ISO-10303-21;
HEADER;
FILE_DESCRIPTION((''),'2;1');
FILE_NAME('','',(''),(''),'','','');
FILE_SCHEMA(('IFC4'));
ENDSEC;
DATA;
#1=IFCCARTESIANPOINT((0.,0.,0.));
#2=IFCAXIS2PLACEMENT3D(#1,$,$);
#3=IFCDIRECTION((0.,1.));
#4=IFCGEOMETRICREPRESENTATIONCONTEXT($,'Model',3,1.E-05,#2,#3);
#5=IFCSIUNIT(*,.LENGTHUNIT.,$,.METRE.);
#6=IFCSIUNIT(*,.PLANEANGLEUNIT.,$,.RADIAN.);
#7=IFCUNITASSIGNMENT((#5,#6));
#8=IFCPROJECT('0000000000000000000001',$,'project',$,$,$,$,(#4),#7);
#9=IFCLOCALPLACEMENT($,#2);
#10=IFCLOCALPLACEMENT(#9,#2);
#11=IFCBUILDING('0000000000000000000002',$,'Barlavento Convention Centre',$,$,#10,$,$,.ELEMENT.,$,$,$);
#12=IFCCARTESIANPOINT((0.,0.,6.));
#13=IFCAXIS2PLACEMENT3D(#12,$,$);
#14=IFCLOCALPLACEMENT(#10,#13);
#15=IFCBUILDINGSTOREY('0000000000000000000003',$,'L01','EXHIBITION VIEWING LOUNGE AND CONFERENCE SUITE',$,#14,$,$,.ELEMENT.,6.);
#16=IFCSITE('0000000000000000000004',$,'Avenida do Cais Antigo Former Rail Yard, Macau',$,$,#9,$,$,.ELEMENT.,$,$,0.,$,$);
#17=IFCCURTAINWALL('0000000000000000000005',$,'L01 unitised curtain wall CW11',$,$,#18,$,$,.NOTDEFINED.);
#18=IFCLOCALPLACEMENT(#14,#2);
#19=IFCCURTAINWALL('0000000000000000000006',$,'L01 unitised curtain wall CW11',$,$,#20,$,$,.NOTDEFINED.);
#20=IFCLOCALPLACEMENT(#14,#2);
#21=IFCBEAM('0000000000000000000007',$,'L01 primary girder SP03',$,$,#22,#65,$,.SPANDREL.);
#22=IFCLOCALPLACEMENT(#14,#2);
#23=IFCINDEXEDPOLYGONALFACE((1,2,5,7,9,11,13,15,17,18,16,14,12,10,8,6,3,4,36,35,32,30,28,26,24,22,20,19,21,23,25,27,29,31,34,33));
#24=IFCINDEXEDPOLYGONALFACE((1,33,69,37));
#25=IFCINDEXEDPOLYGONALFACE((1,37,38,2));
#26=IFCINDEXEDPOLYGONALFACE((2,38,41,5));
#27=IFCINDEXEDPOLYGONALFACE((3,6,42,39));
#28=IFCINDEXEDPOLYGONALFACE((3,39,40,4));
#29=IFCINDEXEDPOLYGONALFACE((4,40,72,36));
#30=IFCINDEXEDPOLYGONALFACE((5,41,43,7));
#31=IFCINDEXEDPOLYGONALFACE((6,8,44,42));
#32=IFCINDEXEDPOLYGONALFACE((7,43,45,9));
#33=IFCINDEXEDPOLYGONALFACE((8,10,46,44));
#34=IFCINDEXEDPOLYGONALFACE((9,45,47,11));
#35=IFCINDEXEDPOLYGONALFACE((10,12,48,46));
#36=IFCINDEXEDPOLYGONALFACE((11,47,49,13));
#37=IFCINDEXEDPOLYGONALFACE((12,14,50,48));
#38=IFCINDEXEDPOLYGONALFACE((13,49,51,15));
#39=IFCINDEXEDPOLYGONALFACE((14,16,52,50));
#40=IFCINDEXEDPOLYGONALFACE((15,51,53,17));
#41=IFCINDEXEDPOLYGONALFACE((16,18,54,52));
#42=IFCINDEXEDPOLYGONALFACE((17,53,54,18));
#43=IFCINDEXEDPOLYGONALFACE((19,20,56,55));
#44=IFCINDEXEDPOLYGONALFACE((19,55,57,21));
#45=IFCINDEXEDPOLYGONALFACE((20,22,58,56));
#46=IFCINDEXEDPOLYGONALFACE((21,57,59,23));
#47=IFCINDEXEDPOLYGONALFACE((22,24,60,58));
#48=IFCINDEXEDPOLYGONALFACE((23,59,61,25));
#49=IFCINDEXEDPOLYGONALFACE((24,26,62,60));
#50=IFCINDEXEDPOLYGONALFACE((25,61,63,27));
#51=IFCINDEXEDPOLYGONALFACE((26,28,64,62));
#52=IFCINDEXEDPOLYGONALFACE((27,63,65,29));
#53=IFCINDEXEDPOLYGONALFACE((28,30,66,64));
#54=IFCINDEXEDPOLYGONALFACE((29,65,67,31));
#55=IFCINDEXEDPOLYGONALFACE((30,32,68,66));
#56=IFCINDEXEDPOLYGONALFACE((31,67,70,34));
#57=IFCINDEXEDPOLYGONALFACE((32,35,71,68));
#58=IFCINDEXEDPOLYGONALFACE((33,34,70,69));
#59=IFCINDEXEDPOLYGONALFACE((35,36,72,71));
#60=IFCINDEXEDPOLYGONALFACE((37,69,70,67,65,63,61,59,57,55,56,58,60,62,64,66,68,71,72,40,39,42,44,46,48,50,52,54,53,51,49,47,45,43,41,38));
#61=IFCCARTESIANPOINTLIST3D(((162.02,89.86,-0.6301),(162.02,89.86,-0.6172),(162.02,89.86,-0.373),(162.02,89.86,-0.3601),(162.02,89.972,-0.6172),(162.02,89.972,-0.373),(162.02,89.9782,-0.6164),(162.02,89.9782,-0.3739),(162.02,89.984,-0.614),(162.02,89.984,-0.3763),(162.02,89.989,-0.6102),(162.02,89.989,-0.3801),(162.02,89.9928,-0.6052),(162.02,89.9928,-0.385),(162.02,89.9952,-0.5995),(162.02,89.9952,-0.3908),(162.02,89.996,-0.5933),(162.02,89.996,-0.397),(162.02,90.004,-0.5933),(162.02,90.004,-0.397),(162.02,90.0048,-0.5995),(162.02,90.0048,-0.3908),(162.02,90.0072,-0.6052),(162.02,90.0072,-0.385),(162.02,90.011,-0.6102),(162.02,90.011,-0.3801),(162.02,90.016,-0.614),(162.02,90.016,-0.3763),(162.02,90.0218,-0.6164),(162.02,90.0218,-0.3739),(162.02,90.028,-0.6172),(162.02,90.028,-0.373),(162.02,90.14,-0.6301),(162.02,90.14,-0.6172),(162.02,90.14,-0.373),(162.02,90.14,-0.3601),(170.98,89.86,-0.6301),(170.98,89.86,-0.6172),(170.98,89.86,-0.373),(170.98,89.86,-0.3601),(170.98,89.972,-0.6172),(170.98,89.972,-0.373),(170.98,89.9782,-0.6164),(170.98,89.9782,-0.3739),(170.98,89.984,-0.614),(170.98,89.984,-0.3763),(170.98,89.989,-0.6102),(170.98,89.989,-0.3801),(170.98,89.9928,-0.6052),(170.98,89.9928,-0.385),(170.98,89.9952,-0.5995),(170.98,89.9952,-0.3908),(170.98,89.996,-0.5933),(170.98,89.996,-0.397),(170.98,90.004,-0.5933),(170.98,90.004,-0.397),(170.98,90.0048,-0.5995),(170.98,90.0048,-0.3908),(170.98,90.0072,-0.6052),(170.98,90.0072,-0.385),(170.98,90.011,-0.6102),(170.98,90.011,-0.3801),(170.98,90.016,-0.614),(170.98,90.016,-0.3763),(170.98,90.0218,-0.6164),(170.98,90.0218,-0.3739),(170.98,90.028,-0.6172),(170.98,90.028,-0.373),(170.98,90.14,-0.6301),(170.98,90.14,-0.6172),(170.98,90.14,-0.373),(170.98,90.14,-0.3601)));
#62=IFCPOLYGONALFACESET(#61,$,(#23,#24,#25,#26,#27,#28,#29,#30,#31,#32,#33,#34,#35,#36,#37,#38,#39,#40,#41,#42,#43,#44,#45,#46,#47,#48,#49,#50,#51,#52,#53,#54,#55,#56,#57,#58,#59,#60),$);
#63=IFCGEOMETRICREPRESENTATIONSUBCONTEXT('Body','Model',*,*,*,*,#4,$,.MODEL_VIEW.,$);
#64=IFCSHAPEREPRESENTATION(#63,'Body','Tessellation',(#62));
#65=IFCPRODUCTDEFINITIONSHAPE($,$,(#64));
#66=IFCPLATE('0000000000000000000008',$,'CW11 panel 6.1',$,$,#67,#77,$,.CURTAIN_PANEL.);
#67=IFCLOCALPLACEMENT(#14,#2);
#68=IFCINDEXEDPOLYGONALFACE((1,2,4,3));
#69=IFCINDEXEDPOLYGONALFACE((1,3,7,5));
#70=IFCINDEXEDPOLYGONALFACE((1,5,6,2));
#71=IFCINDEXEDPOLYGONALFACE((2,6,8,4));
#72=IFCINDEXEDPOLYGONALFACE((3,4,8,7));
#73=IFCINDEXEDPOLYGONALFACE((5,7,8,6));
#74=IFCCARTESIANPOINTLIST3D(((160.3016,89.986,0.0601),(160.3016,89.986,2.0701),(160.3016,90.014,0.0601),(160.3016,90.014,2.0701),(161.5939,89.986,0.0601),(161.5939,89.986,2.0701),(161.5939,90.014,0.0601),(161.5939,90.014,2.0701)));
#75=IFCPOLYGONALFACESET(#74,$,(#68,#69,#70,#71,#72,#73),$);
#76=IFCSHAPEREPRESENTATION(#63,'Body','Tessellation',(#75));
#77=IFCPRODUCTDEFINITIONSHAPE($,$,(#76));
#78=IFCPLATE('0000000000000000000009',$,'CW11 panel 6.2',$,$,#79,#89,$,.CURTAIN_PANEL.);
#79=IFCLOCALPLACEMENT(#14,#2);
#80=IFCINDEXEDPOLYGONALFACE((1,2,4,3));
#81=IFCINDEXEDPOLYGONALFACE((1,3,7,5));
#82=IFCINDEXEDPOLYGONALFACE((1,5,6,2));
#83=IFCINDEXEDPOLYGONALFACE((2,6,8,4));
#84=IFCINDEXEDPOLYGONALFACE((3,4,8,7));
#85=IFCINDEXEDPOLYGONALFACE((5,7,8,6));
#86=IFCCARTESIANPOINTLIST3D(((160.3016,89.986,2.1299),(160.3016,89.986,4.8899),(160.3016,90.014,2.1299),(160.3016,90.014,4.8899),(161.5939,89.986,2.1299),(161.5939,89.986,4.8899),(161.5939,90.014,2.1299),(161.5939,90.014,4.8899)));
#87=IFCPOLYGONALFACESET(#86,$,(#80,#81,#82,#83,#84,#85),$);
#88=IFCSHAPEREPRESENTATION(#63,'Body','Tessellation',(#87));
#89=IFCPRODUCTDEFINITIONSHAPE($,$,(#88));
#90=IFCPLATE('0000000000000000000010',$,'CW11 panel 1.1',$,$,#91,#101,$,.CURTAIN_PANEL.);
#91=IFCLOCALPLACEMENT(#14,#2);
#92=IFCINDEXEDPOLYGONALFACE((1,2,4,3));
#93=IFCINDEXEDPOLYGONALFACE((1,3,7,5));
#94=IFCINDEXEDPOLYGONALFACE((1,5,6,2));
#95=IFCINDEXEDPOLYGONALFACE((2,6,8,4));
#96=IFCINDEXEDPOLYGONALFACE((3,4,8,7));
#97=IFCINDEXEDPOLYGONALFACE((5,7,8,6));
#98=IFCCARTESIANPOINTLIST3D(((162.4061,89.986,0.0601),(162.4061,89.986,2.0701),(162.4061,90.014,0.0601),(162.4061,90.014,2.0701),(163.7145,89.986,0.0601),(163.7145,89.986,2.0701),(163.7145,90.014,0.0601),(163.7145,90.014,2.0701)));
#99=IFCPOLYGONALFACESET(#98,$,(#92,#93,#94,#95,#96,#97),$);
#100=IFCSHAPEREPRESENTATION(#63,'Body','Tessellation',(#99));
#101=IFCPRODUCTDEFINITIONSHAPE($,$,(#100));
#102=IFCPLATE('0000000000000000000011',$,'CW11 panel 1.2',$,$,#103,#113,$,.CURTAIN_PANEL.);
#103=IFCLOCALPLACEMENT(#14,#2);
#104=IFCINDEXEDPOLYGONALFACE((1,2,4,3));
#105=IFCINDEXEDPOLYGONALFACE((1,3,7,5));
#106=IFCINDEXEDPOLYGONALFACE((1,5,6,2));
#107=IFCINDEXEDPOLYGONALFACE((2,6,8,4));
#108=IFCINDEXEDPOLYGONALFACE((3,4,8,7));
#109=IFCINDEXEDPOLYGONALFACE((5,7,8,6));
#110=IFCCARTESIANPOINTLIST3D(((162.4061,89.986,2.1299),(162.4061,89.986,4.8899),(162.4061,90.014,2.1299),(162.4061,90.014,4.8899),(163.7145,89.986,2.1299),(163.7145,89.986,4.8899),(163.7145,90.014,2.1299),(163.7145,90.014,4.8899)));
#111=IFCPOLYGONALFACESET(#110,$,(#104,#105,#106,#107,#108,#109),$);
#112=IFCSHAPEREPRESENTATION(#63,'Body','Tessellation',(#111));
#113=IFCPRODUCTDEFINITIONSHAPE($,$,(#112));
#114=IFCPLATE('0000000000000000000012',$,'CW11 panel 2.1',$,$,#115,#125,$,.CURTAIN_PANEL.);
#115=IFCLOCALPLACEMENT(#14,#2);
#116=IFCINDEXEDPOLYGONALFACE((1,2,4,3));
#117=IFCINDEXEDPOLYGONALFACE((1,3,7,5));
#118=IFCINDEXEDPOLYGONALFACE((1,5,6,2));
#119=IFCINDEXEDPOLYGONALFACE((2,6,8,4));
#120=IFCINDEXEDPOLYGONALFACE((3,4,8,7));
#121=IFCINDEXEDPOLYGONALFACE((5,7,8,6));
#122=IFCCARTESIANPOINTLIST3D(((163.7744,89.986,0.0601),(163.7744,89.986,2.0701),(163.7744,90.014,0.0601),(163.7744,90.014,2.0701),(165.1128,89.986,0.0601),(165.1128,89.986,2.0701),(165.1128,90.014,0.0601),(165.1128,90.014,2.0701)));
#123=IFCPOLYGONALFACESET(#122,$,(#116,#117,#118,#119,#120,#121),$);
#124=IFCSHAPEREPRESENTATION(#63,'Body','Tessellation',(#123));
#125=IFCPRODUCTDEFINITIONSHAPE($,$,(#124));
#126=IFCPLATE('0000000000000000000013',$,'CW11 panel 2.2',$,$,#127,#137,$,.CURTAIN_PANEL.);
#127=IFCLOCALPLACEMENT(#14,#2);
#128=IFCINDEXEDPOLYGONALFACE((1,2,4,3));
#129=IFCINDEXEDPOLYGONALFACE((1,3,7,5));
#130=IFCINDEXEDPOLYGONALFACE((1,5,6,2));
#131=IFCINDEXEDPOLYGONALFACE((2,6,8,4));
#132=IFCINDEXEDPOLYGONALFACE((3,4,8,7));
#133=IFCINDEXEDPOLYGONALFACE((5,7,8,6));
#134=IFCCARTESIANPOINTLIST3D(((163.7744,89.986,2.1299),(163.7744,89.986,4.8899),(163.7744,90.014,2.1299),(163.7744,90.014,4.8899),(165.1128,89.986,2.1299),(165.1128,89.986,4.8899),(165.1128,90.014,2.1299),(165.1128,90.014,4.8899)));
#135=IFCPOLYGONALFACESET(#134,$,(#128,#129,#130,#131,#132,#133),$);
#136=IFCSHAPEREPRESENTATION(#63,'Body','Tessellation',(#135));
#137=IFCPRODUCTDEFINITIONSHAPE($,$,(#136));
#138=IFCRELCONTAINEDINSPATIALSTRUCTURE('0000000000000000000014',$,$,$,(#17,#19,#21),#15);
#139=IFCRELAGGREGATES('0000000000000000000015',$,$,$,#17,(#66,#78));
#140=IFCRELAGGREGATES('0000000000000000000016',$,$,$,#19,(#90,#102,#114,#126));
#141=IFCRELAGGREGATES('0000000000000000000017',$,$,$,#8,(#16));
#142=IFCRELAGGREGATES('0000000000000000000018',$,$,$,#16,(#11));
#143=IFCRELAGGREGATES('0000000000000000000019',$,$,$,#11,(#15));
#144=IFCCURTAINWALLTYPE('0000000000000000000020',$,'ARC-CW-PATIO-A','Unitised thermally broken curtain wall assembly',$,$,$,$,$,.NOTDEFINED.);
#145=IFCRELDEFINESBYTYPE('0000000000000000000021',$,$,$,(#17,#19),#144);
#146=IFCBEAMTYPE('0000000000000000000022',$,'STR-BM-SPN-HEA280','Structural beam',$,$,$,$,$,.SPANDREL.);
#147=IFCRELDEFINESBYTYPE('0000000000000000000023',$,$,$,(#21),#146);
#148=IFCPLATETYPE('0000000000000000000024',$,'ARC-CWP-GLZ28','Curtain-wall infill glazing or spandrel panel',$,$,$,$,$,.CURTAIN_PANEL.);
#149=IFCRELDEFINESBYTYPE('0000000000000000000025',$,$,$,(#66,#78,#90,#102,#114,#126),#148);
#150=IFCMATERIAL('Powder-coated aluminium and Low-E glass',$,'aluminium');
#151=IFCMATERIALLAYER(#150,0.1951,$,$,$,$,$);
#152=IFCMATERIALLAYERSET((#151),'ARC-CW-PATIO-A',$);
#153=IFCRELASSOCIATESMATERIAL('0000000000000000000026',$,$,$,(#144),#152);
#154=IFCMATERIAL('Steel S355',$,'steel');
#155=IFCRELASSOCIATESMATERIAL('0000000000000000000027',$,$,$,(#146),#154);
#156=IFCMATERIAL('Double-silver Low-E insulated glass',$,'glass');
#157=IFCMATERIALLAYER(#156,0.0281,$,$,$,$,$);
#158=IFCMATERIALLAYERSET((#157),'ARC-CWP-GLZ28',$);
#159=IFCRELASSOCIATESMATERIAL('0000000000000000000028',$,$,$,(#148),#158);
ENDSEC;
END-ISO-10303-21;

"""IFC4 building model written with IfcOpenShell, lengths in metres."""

from ifc_helpers import new_model, si_unit, direction, frame, origin, origin_2d, place, context, subcontext, project, spatial, rectangle, i_section, extrude, material, layer, layer_set, material_profile, profile_set, type_object, element, aggregate, save


model = new_model("IFC4")

# Units and contexts
model_context = context("Model", 3, precision=1e-05, world=origin(), true_north=direction((0.0, 1.0)))
body_context = subcontext(model_context, "Body", "Model", "MODEL_VIEW")
ifc_project = project(units=[si_unit("LENGTHUNIT", "METRE"), si_unit("PLANEANGLEUNIT", "RADIAN")], contexts=[model_context])

# Site, building, storey
site_placement = place(None, origin())
site = spatial("IfcSite", under=ifc_project, at=site_placement, Name="Avenida do Cais Antigo Former Rail Yard, Macau", CompositionType="ELEMENT", RefElevation=0.0)
building_placement = place(site_placement, origin())
building = spatial("IfcBuilding", under=site, at=building_placement, Name="Barlavento Convention Centre", CompositionType="ELEMENT")
storey_placement = place(building_placement, frame((0.0, 0.0, 6.0)))
storey = spatial("IfcBuildingStorey", under=building, at=storey_placement, Name="L01", Description="EXHIBITION VIEWING LOUNGE AND CONFERENCE SUITE", CompositionType="ELEMENT", Elevation=6.0)

# Shared definitions
ifc_material_1 = material(Name="Steel S355", Category="steel")

# Curtain wall
ifc_material_2 = material(Name="Powder-coated aluminium and Low-E glass", Category="aluminium")
ifc_layer_1 = layer(ifc_material_2, 0.1951)
ifc_layer_set_1 = layer_set([ifc_layer_1], Name="ARC-CW-PATIO-A")
curtain_wall_type = type_object("IfcCurtainWallType", Name="ARC-CW-PATIO-A", Description="Unitised thermally broken curtain wall assembly", PredefinedType="NOTDEFINED", material=ifc_layer_set_1)
curtain_wall_1_placement = place(storey_placement, origin())
curtain_wall_1 = element("IfcCurtainWall", 1, at=curtain_wall_1_placement, inside=storey, type_object=curtain_wall_type, Name="L01 unitised curtain wall CW11", PredefinedType="NOTDEFINED")

# Curtain wall
curtain_wall_2_placement = place(storey_placement, origin())
curtain_wall_2 = element("IfcCurtainWall", 2, at=curtain_wall_2_placement, inside=storey, type_object=curtain_wall_type, Name="L01 unitised curtain wall CW11", PredefinedType="NOTDEFINED")

# Beam
ifc_material_profile_1 = material_profile(ifc_material_1, i_section(OverallWidth=0.28, OverallDepth=0.27, WebThickness=0.0081, FlangeThickness=0.0129, FilletRadius=0.0239, at=origin_2d()), Name="HEA 280")
ifc_profile_set_1 = profile_set([ifc_material_profile_1], Name="Steel S355")
beam_type_1 = type_object("IfcBeamType", Name="STR-BM-SPN-HEA280", Description="Structural beam", PredefinedType="SPANDREL", material=ifc_profile_set_1)
beam_1_placement = place(storey_placement, frame((162.02, 90.0, -0.4951), z_axis=(1.0, 0.0, 0.0), x_axis=(0.0, 1.0, 0.0)))
element("IfcBeam", 3, at=beam_1_placement, inside=storey, type_object=beam_type_1, Name="L01 primary girder SP03", PredefinedType="SPANDREL", context=body_context, shape_type="SweptSolid", body=[
    extrude(i_section(OverallWidth=0.28, OverallDepth=0.27, WebThickness=0.0081, FlangeThickness=0.0129, FilletRadius=0.0239, at=origin_2d()), origin(), (0.0, 0.0, 1.0), 8.96),
])

# Plates
ifc_material_3 = material(Name="Double-silver Low-E insulated glass", Category="glass")
ifc_layer_2 = layer(ifc_material_3, 0.0281)
ifc_layer_set_2 = layer_set([ifc_layer_2], Name="ARC-CWP-GLZ28")
plate_type = type_object("IfcPlateType", Name="ARC-CWP-GLZ28", Description="Curtain-wall infill glazing or spandrel panel", PredefinedType="CURTAIN_PANEL", material=ifc_layer_set_2)
plate_1_placement = place(storey_placement, frame((160.9478, 90.0, 0.0601), z_axis=(0.0, 0.0, 1.0), x_axis=(1.0, 0.0, 0.0)))
plate_1 = element("IfcPlate", 4, at=plate_1_placement, type_object=plate_type, Name="CW11 panel 6.1", PredefinedType="CURTAIN_PANEL", context=body_context, shape_type="SweptSolid", body=[
    extrude(rectangle(XDim=1.2922, YDim=0.0281, at=origin_2d()), origin(), (0.0, 0.0, 1.0), 2.01),
])
plate_2_placement = place(storey_placement, frame((160.9478, 90.0, 2.1299), z_axis=(0.0, 0.0, 1.0), x_axis=(1.0, 0.0, 0.0)))
plate_2 = element("IfcPlate", 5, at=plate_2_placement, type_object=plate_type, Name="CW11 panel 6.2", PredefinedType="CURTAIN_PANEL", context=body_context, shape_type="SweptSolid", body=[
    extrude(rectangle(XDim=1.2922, YDim=0.0281, at=origin_2d()), origin(), (0.0, 0.0, 1.0), 2.76),
])
aggregate(curtain_wall_1, [plate_1, plate_2])
plate_3_placement = place(storey_placement, frame((163.0603, 90.0, 0.0601), z_axis=(0.0, 0.0, 1.0), x_axis=(1.0, 0.0, 0.0)))
plate_3 = element("IfcPlate", 6, at=plate_3_placement, type_object=plate_type, Name="CW11 panel 1.1", PredefinedType="CURTAIN_PANEL", context=body_context, shape_type="SweptSolid", body=[
    extrude(rectangle(XDim=1.3083, YDim=0.0281, at=origin_2d()), origin(), (0.0, 0.0, 1.0), 2.01),
])
plate_4_placement = place(storey_placement, frame((163.0603, 90.0, 2.1299), z_axis=(0.0, 0.0, 1.0), x_axis=(1.0, 0.0, 0.0)))
plate_4 = element("IfcPlate", 7, at=plate_4_placement, type_object=plate_type, Name="CW11 panel 1.2", PredefinedType="CURTAIN_PANEL", context=body_context, shape_type="SweptSolid", body=[
    extrude(rectangle(XDim=1.3083, YDim=0.0281, at=origin_2d()), origin(), (0.0, 0.0, 1.0), 2.76),
])
plate_5_placement = place(storey_placement, frame((164.4436, 90.0, 0.0601), z_axis=(0.0, 0.0, 1.0), x_axis=(1.0, 0.0, 0.0)))
plate_5 = element("IfcPlate", 8, at=plate_5_placement, type_object=plate_type, Name="CW11 panel 2.1", PredefinedType="CURTAIN_PANEL", context=body_context, shape_type="SweptSolid", body=[
    extrude(rectangle(XDim=1.3384, YDim=0.0281, at=origin_2d()), origin(), (0.0, 0.0, 1.0), 2.01),
])
plate_6_placement = place(storey_placement, frame((164.4436, 90.0, 2.1299), z_axis=(0.0, 0.0, 1.0), x_axis=(1.0, 0.0, 0.0)))
plate_6 = element("IfcPlate", 9, at=plate_6_placement, type_object=plate_type, Name="CW11 panel 2.2", PredefinedType="CURTAIN_PANEL", context=body_context, shape_type="SweptSolid", body=[
    extrude(rectangle(XDim=1.3384, YDim=0.0281, at=origin_2d()), origin(), (0.0, 0.0, 1.0), 2.76),
])
aggregate(curtain_wall_2, [plate_3, plate_4, plate_5, plate_6])

save(model, "model.ifc")
